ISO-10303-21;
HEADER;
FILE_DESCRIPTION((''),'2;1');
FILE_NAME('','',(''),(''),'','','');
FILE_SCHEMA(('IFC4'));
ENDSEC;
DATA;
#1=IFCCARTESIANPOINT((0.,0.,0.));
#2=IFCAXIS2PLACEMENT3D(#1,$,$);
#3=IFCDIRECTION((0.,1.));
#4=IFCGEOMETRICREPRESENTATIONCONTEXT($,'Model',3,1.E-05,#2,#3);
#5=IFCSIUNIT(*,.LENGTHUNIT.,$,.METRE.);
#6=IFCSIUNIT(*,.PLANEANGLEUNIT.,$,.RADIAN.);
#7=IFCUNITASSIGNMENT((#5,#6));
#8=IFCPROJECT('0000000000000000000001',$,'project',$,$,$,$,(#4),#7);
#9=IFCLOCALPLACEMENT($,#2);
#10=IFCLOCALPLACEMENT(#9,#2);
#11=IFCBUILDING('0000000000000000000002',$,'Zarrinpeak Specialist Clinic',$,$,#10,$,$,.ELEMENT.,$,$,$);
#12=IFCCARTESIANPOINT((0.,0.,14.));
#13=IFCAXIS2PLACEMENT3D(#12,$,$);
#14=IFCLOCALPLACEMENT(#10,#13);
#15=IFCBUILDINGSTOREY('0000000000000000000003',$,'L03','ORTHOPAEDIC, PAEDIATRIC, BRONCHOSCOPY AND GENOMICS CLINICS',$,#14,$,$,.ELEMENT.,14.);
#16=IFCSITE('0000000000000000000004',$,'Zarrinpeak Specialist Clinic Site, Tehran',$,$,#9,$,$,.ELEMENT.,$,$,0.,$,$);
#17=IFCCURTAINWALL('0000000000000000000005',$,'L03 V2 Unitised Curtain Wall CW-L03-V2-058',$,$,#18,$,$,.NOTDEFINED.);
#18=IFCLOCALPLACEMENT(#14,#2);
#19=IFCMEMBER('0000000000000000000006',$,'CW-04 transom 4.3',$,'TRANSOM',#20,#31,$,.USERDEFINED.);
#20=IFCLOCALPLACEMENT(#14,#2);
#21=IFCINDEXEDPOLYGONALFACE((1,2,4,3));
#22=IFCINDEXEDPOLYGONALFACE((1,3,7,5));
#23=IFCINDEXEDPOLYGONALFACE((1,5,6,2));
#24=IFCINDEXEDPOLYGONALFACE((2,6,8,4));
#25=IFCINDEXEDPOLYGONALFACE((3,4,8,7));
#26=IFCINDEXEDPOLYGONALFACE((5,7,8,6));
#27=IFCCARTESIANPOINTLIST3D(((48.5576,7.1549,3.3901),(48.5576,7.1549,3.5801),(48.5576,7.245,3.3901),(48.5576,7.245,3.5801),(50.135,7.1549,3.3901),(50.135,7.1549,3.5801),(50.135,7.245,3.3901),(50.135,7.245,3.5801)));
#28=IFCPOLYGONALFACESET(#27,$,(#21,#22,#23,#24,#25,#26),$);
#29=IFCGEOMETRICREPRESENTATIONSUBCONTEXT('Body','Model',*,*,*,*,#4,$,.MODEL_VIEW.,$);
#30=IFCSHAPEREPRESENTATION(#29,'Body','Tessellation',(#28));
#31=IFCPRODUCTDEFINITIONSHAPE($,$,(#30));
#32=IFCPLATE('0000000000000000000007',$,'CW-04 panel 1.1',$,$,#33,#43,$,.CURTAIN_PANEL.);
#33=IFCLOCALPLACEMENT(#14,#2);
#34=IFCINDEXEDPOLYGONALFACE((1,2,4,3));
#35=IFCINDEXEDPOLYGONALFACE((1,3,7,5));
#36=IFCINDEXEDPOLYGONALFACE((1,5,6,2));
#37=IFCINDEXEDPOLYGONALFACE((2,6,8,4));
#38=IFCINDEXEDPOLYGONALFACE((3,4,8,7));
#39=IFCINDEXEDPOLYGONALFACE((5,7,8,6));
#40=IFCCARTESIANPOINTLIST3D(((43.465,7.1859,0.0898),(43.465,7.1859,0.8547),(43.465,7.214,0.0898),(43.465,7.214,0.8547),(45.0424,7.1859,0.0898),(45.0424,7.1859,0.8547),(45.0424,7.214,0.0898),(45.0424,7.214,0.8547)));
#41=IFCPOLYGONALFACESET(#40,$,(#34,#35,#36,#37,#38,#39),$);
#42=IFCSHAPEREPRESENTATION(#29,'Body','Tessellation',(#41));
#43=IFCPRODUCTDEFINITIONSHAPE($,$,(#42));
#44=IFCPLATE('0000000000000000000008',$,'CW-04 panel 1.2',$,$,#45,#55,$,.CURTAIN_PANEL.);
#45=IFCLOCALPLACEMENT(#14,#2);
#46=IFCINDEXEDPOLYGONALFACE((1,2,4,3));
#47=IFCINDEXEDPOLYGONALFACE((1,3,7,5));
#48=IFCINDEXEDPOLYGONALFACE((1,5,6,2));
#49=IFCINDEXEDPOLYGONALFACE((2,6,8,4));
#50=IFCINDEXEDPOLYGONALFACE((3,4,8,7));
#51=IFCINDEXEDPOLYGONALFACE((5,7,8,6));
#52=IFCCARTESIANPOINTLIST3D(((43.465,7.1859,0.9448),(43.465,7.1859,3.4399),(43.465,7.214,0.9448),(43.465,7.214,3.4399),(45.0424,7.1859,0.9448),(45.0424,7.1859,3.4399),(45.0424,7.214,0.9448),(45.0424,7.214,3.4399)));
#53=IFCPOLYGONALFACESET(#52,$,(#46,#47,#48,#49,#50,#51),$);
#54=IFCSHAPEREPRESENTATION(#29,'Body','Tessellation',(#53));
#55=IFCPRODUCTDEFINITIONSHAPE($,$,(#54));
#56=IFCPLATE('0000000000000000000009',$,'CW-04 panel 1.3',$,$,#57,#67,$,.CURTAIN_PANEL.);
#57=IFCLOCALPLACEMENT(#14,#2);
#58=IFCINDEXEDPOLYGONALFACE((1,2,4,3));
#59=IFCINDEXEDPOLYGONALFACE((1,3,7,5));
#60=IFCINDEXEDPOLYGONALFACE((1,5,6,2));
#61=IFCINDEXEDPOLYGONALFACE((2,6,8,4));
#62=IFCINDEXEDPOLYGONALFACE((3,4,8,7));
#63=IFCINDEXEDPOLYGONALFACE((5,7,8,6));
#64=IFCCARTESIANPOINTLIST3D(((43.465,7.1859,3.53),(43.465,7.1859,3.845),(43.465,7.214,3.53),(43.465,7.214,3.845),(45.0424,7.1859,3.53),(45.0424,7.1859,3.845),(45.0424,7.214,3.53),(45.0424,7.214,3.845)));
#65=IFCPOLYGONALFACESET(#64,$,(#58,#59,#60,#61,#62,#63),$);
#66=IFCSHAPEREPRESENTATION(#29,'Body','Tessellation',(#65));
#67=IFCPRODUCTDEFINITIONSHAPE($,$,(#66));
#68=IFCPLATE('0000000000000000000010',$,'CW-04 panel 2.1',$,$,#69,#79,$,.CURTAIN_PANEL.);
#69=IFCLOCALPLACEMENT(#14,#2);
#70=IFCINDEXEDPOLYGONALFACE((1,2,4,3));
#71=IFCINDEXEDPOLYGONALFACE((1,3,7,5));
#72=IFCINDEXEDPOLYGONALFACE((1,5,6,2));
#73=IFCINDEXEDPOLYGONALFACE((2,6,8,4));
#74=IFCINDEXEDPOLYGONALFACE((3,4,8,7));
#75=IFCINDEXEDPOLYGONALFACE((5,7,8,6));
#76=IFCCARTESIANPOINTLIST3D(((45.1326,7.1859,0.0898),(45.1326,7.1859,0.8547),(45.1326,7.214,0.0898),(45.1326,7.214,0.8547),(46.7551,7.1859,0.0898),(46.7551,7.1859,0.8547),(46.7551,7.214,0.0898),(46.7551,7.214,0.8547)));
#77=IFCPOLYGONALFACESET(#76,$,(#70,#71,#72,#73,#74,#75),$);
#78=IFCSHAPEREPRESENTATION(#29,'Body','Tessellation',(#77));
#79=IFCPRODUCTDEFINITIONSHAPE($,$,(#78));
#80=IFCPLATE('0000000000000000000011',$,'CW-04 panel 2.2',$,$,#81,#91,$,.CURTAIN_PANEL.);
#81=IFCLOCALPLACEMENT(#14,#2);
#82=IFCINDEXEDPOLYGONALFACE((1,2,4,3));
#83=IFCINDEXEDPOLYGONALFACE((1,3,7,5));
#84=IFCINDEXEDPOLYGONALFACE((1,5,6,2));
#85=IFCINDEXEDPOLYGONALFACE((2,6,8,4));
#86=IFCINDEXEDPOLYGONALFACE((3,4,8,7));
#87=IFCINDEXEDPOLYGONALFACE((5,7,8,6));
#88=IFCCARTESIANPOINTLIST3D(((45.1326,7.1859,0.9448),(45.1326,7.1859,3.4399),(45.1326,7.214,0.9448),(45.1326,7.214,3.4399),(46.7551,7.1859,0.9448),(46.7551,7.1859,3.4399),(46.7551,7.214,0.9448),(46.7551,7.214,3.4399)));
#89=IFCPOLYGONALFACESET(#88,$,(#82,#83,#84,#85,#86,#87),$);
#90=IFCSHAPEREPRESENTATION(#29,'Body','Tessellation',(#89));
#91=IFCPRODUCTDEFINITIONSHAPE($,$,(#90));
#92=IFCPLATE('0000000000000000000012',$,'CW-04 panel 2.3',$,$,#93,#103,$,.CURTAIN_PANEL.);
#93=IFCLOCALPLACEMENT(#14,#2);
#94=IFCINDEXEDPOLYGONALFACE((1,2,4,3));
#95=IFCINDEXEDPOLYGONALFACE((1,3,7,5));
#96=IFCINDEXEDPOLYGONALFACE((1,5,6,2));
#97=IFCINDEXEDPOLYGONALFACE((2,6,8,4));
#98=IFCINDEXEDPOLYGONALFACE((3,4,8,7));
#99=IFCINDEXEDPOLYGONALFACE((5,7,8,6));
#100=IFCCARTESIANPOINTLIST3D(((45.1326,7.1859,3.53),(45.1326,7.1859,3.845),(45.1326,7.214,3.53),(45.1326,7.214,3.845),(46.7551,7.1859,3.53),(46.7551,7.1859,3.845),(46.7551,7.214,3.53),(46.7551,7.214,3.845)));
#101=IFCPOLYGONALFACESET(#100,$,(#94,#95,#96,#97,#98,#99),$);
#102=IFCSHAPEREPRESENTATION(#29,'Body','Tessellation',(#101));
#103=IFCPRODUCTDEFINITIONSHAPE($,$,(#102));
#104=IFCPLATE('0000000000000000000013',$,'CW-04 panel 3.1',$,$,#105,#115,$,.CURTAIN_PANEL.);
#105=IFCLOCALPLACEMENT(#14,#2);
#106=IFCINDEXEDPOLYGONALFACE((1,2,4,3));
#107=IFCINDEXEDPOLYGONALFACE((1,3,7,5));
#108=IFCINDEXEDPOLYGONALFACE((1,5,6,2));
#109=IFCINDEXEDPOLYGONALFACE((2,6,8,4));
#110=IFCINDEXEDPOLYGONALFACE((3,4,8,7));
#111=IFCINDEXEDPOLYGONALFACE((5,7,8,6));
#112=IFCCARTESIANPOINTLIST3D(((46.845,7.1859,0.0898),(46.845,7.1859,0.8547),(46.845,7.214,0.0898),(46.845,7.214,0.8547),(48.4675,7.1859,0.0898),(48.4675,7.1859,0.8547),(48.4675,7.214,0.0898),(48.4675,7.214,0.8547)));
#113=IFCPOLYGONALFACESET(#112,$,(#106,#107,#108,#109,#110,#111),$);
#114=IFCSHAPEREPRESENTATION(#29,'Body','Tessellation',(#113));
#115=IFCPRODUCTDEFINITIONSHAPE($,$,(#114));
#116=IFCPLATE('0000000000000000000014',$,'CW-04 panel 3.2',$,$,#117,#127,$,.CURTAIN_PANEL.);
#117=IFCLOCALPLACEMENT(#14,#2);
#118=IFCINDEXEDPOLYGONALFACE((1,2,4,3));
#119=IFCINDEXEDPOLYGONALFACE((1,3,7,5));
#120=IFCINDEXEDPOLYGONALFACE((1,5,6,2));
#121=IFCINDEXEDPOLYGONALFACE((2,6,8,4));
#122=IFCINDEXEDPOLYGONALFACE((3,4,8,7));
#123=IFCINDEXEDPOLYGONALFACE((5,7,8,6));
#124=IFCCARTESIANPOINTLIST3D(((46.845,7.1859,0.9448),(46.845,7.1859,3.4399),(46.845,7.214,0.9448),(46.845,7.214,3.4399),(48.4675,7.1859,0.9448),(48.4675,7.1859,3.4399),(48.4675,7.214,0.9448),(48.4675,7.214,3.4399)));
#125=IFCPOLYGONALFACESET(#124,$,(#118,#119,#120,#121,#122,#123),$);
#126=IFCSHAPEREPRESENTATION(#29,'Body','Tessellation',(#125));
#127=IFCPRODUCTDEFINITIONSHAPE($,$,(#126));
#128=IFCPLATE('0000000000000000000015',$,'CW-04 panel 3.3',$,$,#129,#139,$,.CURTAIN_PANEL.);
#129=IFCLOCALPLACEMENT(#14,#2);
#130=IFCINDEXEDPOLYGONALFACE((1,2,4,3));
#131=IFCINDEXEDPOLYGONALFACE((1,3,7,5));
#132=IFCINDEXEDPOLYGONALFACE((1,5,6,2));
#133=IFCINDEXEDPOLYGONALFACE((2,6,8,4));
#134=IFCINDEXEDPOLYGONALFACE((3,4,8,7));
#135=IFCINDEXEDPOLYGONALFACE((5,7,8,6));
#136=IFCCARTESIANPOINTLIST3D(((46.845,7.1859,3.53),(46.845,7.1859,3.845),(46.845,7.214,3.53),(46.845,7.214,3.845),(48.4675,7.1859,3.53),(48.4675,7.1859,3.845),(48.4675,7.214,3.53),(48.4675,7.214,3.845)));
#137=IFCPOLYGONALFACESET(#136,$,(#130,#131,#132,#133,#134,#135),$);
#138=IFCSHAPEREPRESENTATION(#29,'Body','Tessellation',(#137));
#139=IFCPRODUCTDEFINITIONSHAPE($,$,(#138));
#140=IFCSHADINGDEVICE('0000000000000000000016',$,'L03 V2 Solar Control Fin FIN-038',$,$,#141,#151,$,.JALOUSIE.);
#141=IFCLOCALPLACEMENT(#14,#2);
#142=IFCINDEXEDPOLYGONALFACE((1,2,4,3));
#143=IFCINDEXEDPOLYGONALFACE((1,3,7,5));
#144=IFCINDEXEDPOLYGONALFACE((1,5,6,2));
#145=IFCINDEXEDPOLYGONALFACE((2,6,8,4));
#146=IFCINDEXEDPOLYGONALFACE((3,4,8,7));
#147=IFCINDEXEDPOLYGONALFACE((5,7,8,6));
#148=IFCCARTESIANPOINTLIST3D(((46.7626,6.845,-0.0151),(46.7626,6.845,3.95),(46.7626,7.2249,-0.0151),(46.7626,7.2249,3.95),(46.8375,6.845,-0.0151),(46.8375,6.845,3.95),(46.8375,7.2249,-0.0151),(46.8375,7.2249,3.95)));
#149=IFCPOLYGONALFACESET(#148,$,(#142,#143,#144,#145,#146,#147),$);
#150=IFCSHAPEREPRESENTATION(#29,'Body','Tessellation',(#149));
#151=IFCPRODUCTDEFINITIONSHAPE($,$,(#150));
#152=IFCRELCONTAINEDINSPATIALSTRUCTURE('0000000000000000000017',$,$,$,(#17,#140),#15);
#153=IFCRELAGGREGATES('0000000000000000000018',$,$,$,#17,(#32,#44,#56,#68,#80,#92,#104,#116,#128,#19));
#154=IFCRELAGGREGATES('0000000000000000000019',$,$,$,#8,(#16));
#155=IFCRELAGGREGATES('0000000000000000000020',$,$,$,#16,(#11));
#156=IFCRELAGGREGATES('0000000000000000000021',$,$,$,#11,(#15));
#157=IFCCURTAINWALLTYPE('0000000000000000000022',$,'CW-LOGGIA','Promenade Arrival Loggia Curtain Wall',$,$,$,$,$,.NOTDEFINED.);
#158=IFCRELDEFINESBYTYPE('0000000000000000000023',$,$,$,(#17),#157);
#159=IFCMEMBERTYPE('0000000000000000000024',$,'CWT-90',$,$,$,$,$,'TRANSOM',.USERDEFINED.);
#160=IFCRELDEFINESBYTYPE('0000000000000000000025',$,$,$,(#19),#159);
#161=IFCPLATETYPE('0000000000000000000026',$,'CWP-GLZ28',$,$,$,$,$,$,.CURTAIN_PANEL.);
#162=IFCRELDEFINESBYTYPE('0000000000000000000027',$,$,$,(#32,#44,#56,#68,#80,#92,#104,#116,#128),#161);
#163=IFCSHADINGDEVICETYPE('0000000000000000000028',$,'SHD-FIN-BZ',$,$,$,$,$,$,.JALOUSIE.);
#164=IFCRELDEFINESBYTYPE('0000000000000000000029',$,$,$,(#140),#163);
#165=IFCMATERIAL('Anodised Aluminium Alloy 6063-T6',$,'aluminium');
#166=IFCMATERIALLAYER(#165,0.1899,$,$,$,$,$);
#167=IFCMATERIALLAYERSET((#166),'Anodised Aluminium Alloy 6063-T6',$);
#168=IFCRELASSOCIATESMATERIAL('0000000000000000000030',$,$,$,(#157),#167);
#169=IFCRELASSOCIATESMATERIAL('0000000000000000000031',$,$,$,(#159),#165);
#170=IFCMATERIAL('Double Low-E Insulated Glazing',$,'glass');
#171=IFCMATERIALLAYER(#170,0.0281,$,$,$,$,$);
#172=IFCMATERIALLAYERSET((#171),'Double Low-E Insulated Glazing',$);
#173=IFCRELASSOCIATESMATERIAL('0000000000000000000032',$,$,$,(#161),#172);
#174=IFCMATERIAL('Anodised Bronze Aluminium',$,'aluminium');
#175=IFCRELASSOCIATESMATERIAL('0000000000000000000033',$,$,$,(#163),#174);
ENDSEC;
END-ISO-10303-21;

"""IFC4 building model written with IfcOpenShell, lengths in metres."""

from ifc_helpers import new_model, si_unit, direction, frame, origin, origin_2d, place, context, subcontext, project, spatial, rectangle, extrude, material, layer, layer_set, material_profile, profile_set, type_object, element, aggregate, save


model = new_model("IFC4")

# Units and contexts
model_context = context("Model", 3, precision=1e-05, world=origin(), true_north=direction((0.0, 1.0)))
body_context = subcontext(model_context, "Body", "Model", "MODEL_VIEW")
ifc_project = project(units=[si_unit("LENGTHUNIT", "METRE"), si_unit("PLANEANGLEUNIT", "RADIAN")], contexts=[model_context])

# Site, building, storey
site_placement = place(None, origin())
site = spatial("IfcSite", under=ifc_project, at=site_placement, Name="Zarrinpeak Specialist Clinic Site, Tehran", CompositionType="ELEMENT", RefElevation=0.0)
building_placement = place(site_placement, origin())
building = spatial("IfcBuilding", under=site, at=building_placement, Name="Zarrinpeak Specialist Clinic", CompositionType="ELEMENT")
storey_placement = place(building_placement, frame((0.0, 0.0, 14.0)))
storey = spatial("IfcBuildingStorey", under=building, at=storey_placement, Name="L03", Description="ORTHOPAEDIC, PAEDIATRIC, BRONCHOSCOPY AND GENOMICS CLINICS", CompositionType="ELEMENT", Elevation=14.0)

# Curtain wall, member, plates
ifc_material_1 = material(Name="Anodised Aluminium Alloy 6063-T6", Category="aluminium")
ifc_layer_1 = layer(ifc_material_1, 0.1899)
ifc_layer_set_1 = layer_set([ifc_layer_1], Name="Anodised Aluminium Alloy 6063-T6")
curtain_wall_type = type_object("IfcCurtainWallType", Name="CW-LOGGIA", Description="Promenade Arrival Loggia Curtain Wall", PredefinedType="NOTDEFINED", material=ifc_layer_set_1)
curtain_wall_placement = place(storey_placement, origin())
curtain_wall = element("IfcCurtainWall", 1, at=curtain_wall_placement, inside=storey, type_object=curtain_wall_type, Name="L03 V2 Unitised Curtain Wall CW-L03-V2-058", PredefinedType="NOTDEFINED")
ifc_material_profile_1 = material_profile(ifc_material_1, rectangle(XDim=0.0901, YDim=0.1899, at=origin_2d()), Name="ALU 90x190")
ifc_profile_set_1 = profile_set([ifc_material_profile_1], Name="Anodised Aluminium Alloy 6063-T6")
member_type_1 = type_object("IfcMemberType", Name="CWT-90", ElementType="TRANSOM", PredefinedType="USERDEFINED", material=ifc_profile_set_1)
member_1_placement = place(storey_placement, frame((48.5576, 7.2, 3.4851), z_axis=(1.0, 0.0, 0.0), x_axis=(0.0, 1.0, 0.0)))
member_1 = element("IfcMember", 2, at=member_1_placement, type_object=member_type_1, Name="CW-04 transom 4.3", ObjectType="TRANSOM", PredefinedType="USERDEFINED", context=body_context, shape_type="SweptSolid", body=[
    extrude(rectangle(XDim=0.0901, YDim=0.1899, at=origin_2d()), origin(), (0.0, 0.0, 1.0), 1.5774),
])
ifc_material_2 = material(Name="Double Low-E Insulated Glazing", Category="glass")
ifc_layer_2 = layer(ifc_material_2, 0.0281)
ifc_layer_set_2 = layer_set([ifc_layer_2], Name="Double Low-E Insulated Glazing")
plate_type = type_object("IfcPlateType", Name="CWP-GLZ28", PredefinedType="CURTAIN_PANEL", material=ifc_layer_set_2)
plate_1_placement = place(storey_placement, frame((44.2537, 7.2, 0.0898), z_axis=(0.0, 0.0, 1.0), x_axis=(1.0, 0.0, 0.0)))
plate_1 = element("IfcPlate", 3, at=plate_1_placement, type_object=plate_type, Name="CW-04 panel 1.1", PredefinedType="CURTAIN_PANEL", context=body_context, shape_type="SweptSolid", body=[
    extrude(rectangle(XDim=1.5774, YDim=0.0281, at=origin_2d()), origin(), (0.0, 0.0, 1.0), 0.7649),
])
plate_2_placement = place(storey_placement, frame((44.2537, 7.2, 0.9448), z_axis=(0.0, 0.0, 1.0), x_axis=(1.0, 0.0, 0.0)))
plate_2 = element("IfcPlate", 4, at=plate_2_placement, type_object=plate_type, Name="CW-04 panel 1.2", PredefinedType="CURTAIN_PANEL", context=body_context, shape_type="SweptSolid", body=[
    extrude(rectangle(XDim=1.5774, YDim=0.0281, at=origin_2d()), origin(), (0.0, 0.0, 1.0), 2.4951),
])
plate_3_placement = place(storey_placement, frame((44.2537, 7.2, 3.53), z_axis=(0.0, 0.0, 1.0), x_axis=(1.0, 0.0, 0.0)))
plate_3 = element("IfcPlate", 5, at=plate_3_placement, type_object=plate_type, Name="CW-04 panel 1.3", PredefinedType="CURTAIN_PANEL", context=body_context, shape_type="SweptSolid", body=[
    extrude(rectangle(XDim=1.5774, YDim=0.0281, at=origin_2d()), origin(), (0.0, 0.0, 1.0), 0.3149),
])
plate_4_placement = place(storey_placement, frame((45.9438, 7.2, 0.0898), z_axis=(0.0, 0.0, 1.0), x_axis=(1.0, 0.0, 0.0)))
plate_4 = element("IfcPlate", 6, at=plate_4_placement, type_object=plate_type, Name="CW-04 panel 2.1", PredefinedType="CURTAIN_PANEL", context=body_context, shape_type="SweptSolid", body=[
    extrude(rectangle(XDim=1.6226, YDim=0.0281, at=origin_2d()), origin(), (0.0, 0.0, 1.0), 0.7649),
])
plate_5_placement = place(storey_placement, frame((45.9438, 7.2, 0.9448), z_axis=(0.0, 0.0, 1.0), x_axis=(1.0, 0.0, 0.0)))
plate_5 = element("IfcPlate", 7, at=plate_5_placement, type_object=plate_type, Name="CW-04 panel 2.2", PredefinedType="CURTAIN_PANEL", context=body_context, shape_type="SweptSolid", body=[
    extrude(rectangle(XDim=1.6226, YDim=0.0281, at=origin_2d()), origin(), (0.0, 0.0, 1.0), 2.4951),
])
plate_6_placement = place(storey_placement, frame((45.9438, 7.2, 3.53), z_axis=(0.0, 0.0, 1.0), x_axis=(1.0, 0.0, 0.0)))
plate_6 = element("IfcPlate", 8, at=plate_6_placement, type_object=plate_type, Name="CW-04 panel 2.3", PredefinedType="CURTAIN_PANEL", context=body_context, shape_type="SweptSolid", body=[
    extrude(rectangle(XDim=1.6226, YDim=0.0281, at=origin_2d()), origin(), (0.0, 0.0, 1.0), 0.3149),
])
plate_7_placement = place(storey_placement, frame((47.6562, 7.2, 0.0898), z_axis=(0.0, 0.0, 1.0), x_axis=(1.0, 0.0, 0.0)))
plate_7 = element("IfcPlate", 9, at=plate_7_placement, type_object=plate_type, Name="CW-04 panel 3.1", PredefinedType="CURTAIN_PANEL", context=body_context, shape_type="SweptSolid", body=[
    extrude(rectangle(XDim=1.6226, YDim=0.0281, at=origin_2d()), origin(), (0.0, 0.0, 1.0), 0.7649),
])
plate_8_placement = place(storey_placement, frame((47.6562, 7.2, 0.9448), z_axis=(0.0, 0.0, 1.0), x_axis=(1.0, 0.0, 0.0)))
plate_8 = element("IfcPlate", 10, at=plate_8_placement, type_object=plate_type, Name="CW-04 panel 3.2", PredefinedType="CURTAIN_PANEL", context=body_context, shape_type="SweptSolid", body=[
    extrude(rectangle(XDim=1.6226, YDim=0.0281, at=origin_2d()), origin(), (0.0, 0.0, 1.0), 2.4951),
])
plate_9_placement = place(storey_placement, frame((47.6562, 7.2, 3.53), z_axis=(0.0, 0.0, 1.0), x_axis=(1.0, 0.0, 0.0)))
plate_9 = element("IfcPlate", 11, at=plate_9_placement, type_object=plate_type, Name="CW-04 panel 3.3", PredefinedType="CURTAIN_PANEL", context=body_context, shape_type="SweptSolid", body=[
    extrude(rectangle(XDim=1.6226, YDim=0.0281, at=origin_2d()), origin(), (0.0, 0.0, 1.0), 0.3149),
])
aggregate(curtain_wall, [plate_1, plate_2, plate_3, plate_4, plate_5, plate_6, plate_7, plate_8, plate_9, member_1])

# Shading device
ifc_material_3 = material(Name="Anodised Bronze Aluminium", Category="aluminium")
shading_device_type = type_object("IfcShadingDeviceType", Name="SHD-FIN-BZ", PredefinedType="JALOUSIE", material=ifc_material_3)
shading_device_placement = place(storey_placement, frame((46.8, 7.0349, -0.0151), z_axis=(0.0, 0.0, 1.0), x_axis=(1.0, 0.0, 0.0)))
element("IfcShadingDevice", 12, at=shading_device_placement, inside=storey, type_object=shading_device_type, Name="L03 V2 Solar Control Fin FIN-038", PredefinedType="JALOUSIE", context=body_context, shape_type="SweptSolid", body=[
    extrude(rectangle(XDim=0.075, YDim=0.3799, at=origin_2d()), origin(), (0.0, 0.0, 1.0), 3.9651),
])

save(model, "model.ifc")
